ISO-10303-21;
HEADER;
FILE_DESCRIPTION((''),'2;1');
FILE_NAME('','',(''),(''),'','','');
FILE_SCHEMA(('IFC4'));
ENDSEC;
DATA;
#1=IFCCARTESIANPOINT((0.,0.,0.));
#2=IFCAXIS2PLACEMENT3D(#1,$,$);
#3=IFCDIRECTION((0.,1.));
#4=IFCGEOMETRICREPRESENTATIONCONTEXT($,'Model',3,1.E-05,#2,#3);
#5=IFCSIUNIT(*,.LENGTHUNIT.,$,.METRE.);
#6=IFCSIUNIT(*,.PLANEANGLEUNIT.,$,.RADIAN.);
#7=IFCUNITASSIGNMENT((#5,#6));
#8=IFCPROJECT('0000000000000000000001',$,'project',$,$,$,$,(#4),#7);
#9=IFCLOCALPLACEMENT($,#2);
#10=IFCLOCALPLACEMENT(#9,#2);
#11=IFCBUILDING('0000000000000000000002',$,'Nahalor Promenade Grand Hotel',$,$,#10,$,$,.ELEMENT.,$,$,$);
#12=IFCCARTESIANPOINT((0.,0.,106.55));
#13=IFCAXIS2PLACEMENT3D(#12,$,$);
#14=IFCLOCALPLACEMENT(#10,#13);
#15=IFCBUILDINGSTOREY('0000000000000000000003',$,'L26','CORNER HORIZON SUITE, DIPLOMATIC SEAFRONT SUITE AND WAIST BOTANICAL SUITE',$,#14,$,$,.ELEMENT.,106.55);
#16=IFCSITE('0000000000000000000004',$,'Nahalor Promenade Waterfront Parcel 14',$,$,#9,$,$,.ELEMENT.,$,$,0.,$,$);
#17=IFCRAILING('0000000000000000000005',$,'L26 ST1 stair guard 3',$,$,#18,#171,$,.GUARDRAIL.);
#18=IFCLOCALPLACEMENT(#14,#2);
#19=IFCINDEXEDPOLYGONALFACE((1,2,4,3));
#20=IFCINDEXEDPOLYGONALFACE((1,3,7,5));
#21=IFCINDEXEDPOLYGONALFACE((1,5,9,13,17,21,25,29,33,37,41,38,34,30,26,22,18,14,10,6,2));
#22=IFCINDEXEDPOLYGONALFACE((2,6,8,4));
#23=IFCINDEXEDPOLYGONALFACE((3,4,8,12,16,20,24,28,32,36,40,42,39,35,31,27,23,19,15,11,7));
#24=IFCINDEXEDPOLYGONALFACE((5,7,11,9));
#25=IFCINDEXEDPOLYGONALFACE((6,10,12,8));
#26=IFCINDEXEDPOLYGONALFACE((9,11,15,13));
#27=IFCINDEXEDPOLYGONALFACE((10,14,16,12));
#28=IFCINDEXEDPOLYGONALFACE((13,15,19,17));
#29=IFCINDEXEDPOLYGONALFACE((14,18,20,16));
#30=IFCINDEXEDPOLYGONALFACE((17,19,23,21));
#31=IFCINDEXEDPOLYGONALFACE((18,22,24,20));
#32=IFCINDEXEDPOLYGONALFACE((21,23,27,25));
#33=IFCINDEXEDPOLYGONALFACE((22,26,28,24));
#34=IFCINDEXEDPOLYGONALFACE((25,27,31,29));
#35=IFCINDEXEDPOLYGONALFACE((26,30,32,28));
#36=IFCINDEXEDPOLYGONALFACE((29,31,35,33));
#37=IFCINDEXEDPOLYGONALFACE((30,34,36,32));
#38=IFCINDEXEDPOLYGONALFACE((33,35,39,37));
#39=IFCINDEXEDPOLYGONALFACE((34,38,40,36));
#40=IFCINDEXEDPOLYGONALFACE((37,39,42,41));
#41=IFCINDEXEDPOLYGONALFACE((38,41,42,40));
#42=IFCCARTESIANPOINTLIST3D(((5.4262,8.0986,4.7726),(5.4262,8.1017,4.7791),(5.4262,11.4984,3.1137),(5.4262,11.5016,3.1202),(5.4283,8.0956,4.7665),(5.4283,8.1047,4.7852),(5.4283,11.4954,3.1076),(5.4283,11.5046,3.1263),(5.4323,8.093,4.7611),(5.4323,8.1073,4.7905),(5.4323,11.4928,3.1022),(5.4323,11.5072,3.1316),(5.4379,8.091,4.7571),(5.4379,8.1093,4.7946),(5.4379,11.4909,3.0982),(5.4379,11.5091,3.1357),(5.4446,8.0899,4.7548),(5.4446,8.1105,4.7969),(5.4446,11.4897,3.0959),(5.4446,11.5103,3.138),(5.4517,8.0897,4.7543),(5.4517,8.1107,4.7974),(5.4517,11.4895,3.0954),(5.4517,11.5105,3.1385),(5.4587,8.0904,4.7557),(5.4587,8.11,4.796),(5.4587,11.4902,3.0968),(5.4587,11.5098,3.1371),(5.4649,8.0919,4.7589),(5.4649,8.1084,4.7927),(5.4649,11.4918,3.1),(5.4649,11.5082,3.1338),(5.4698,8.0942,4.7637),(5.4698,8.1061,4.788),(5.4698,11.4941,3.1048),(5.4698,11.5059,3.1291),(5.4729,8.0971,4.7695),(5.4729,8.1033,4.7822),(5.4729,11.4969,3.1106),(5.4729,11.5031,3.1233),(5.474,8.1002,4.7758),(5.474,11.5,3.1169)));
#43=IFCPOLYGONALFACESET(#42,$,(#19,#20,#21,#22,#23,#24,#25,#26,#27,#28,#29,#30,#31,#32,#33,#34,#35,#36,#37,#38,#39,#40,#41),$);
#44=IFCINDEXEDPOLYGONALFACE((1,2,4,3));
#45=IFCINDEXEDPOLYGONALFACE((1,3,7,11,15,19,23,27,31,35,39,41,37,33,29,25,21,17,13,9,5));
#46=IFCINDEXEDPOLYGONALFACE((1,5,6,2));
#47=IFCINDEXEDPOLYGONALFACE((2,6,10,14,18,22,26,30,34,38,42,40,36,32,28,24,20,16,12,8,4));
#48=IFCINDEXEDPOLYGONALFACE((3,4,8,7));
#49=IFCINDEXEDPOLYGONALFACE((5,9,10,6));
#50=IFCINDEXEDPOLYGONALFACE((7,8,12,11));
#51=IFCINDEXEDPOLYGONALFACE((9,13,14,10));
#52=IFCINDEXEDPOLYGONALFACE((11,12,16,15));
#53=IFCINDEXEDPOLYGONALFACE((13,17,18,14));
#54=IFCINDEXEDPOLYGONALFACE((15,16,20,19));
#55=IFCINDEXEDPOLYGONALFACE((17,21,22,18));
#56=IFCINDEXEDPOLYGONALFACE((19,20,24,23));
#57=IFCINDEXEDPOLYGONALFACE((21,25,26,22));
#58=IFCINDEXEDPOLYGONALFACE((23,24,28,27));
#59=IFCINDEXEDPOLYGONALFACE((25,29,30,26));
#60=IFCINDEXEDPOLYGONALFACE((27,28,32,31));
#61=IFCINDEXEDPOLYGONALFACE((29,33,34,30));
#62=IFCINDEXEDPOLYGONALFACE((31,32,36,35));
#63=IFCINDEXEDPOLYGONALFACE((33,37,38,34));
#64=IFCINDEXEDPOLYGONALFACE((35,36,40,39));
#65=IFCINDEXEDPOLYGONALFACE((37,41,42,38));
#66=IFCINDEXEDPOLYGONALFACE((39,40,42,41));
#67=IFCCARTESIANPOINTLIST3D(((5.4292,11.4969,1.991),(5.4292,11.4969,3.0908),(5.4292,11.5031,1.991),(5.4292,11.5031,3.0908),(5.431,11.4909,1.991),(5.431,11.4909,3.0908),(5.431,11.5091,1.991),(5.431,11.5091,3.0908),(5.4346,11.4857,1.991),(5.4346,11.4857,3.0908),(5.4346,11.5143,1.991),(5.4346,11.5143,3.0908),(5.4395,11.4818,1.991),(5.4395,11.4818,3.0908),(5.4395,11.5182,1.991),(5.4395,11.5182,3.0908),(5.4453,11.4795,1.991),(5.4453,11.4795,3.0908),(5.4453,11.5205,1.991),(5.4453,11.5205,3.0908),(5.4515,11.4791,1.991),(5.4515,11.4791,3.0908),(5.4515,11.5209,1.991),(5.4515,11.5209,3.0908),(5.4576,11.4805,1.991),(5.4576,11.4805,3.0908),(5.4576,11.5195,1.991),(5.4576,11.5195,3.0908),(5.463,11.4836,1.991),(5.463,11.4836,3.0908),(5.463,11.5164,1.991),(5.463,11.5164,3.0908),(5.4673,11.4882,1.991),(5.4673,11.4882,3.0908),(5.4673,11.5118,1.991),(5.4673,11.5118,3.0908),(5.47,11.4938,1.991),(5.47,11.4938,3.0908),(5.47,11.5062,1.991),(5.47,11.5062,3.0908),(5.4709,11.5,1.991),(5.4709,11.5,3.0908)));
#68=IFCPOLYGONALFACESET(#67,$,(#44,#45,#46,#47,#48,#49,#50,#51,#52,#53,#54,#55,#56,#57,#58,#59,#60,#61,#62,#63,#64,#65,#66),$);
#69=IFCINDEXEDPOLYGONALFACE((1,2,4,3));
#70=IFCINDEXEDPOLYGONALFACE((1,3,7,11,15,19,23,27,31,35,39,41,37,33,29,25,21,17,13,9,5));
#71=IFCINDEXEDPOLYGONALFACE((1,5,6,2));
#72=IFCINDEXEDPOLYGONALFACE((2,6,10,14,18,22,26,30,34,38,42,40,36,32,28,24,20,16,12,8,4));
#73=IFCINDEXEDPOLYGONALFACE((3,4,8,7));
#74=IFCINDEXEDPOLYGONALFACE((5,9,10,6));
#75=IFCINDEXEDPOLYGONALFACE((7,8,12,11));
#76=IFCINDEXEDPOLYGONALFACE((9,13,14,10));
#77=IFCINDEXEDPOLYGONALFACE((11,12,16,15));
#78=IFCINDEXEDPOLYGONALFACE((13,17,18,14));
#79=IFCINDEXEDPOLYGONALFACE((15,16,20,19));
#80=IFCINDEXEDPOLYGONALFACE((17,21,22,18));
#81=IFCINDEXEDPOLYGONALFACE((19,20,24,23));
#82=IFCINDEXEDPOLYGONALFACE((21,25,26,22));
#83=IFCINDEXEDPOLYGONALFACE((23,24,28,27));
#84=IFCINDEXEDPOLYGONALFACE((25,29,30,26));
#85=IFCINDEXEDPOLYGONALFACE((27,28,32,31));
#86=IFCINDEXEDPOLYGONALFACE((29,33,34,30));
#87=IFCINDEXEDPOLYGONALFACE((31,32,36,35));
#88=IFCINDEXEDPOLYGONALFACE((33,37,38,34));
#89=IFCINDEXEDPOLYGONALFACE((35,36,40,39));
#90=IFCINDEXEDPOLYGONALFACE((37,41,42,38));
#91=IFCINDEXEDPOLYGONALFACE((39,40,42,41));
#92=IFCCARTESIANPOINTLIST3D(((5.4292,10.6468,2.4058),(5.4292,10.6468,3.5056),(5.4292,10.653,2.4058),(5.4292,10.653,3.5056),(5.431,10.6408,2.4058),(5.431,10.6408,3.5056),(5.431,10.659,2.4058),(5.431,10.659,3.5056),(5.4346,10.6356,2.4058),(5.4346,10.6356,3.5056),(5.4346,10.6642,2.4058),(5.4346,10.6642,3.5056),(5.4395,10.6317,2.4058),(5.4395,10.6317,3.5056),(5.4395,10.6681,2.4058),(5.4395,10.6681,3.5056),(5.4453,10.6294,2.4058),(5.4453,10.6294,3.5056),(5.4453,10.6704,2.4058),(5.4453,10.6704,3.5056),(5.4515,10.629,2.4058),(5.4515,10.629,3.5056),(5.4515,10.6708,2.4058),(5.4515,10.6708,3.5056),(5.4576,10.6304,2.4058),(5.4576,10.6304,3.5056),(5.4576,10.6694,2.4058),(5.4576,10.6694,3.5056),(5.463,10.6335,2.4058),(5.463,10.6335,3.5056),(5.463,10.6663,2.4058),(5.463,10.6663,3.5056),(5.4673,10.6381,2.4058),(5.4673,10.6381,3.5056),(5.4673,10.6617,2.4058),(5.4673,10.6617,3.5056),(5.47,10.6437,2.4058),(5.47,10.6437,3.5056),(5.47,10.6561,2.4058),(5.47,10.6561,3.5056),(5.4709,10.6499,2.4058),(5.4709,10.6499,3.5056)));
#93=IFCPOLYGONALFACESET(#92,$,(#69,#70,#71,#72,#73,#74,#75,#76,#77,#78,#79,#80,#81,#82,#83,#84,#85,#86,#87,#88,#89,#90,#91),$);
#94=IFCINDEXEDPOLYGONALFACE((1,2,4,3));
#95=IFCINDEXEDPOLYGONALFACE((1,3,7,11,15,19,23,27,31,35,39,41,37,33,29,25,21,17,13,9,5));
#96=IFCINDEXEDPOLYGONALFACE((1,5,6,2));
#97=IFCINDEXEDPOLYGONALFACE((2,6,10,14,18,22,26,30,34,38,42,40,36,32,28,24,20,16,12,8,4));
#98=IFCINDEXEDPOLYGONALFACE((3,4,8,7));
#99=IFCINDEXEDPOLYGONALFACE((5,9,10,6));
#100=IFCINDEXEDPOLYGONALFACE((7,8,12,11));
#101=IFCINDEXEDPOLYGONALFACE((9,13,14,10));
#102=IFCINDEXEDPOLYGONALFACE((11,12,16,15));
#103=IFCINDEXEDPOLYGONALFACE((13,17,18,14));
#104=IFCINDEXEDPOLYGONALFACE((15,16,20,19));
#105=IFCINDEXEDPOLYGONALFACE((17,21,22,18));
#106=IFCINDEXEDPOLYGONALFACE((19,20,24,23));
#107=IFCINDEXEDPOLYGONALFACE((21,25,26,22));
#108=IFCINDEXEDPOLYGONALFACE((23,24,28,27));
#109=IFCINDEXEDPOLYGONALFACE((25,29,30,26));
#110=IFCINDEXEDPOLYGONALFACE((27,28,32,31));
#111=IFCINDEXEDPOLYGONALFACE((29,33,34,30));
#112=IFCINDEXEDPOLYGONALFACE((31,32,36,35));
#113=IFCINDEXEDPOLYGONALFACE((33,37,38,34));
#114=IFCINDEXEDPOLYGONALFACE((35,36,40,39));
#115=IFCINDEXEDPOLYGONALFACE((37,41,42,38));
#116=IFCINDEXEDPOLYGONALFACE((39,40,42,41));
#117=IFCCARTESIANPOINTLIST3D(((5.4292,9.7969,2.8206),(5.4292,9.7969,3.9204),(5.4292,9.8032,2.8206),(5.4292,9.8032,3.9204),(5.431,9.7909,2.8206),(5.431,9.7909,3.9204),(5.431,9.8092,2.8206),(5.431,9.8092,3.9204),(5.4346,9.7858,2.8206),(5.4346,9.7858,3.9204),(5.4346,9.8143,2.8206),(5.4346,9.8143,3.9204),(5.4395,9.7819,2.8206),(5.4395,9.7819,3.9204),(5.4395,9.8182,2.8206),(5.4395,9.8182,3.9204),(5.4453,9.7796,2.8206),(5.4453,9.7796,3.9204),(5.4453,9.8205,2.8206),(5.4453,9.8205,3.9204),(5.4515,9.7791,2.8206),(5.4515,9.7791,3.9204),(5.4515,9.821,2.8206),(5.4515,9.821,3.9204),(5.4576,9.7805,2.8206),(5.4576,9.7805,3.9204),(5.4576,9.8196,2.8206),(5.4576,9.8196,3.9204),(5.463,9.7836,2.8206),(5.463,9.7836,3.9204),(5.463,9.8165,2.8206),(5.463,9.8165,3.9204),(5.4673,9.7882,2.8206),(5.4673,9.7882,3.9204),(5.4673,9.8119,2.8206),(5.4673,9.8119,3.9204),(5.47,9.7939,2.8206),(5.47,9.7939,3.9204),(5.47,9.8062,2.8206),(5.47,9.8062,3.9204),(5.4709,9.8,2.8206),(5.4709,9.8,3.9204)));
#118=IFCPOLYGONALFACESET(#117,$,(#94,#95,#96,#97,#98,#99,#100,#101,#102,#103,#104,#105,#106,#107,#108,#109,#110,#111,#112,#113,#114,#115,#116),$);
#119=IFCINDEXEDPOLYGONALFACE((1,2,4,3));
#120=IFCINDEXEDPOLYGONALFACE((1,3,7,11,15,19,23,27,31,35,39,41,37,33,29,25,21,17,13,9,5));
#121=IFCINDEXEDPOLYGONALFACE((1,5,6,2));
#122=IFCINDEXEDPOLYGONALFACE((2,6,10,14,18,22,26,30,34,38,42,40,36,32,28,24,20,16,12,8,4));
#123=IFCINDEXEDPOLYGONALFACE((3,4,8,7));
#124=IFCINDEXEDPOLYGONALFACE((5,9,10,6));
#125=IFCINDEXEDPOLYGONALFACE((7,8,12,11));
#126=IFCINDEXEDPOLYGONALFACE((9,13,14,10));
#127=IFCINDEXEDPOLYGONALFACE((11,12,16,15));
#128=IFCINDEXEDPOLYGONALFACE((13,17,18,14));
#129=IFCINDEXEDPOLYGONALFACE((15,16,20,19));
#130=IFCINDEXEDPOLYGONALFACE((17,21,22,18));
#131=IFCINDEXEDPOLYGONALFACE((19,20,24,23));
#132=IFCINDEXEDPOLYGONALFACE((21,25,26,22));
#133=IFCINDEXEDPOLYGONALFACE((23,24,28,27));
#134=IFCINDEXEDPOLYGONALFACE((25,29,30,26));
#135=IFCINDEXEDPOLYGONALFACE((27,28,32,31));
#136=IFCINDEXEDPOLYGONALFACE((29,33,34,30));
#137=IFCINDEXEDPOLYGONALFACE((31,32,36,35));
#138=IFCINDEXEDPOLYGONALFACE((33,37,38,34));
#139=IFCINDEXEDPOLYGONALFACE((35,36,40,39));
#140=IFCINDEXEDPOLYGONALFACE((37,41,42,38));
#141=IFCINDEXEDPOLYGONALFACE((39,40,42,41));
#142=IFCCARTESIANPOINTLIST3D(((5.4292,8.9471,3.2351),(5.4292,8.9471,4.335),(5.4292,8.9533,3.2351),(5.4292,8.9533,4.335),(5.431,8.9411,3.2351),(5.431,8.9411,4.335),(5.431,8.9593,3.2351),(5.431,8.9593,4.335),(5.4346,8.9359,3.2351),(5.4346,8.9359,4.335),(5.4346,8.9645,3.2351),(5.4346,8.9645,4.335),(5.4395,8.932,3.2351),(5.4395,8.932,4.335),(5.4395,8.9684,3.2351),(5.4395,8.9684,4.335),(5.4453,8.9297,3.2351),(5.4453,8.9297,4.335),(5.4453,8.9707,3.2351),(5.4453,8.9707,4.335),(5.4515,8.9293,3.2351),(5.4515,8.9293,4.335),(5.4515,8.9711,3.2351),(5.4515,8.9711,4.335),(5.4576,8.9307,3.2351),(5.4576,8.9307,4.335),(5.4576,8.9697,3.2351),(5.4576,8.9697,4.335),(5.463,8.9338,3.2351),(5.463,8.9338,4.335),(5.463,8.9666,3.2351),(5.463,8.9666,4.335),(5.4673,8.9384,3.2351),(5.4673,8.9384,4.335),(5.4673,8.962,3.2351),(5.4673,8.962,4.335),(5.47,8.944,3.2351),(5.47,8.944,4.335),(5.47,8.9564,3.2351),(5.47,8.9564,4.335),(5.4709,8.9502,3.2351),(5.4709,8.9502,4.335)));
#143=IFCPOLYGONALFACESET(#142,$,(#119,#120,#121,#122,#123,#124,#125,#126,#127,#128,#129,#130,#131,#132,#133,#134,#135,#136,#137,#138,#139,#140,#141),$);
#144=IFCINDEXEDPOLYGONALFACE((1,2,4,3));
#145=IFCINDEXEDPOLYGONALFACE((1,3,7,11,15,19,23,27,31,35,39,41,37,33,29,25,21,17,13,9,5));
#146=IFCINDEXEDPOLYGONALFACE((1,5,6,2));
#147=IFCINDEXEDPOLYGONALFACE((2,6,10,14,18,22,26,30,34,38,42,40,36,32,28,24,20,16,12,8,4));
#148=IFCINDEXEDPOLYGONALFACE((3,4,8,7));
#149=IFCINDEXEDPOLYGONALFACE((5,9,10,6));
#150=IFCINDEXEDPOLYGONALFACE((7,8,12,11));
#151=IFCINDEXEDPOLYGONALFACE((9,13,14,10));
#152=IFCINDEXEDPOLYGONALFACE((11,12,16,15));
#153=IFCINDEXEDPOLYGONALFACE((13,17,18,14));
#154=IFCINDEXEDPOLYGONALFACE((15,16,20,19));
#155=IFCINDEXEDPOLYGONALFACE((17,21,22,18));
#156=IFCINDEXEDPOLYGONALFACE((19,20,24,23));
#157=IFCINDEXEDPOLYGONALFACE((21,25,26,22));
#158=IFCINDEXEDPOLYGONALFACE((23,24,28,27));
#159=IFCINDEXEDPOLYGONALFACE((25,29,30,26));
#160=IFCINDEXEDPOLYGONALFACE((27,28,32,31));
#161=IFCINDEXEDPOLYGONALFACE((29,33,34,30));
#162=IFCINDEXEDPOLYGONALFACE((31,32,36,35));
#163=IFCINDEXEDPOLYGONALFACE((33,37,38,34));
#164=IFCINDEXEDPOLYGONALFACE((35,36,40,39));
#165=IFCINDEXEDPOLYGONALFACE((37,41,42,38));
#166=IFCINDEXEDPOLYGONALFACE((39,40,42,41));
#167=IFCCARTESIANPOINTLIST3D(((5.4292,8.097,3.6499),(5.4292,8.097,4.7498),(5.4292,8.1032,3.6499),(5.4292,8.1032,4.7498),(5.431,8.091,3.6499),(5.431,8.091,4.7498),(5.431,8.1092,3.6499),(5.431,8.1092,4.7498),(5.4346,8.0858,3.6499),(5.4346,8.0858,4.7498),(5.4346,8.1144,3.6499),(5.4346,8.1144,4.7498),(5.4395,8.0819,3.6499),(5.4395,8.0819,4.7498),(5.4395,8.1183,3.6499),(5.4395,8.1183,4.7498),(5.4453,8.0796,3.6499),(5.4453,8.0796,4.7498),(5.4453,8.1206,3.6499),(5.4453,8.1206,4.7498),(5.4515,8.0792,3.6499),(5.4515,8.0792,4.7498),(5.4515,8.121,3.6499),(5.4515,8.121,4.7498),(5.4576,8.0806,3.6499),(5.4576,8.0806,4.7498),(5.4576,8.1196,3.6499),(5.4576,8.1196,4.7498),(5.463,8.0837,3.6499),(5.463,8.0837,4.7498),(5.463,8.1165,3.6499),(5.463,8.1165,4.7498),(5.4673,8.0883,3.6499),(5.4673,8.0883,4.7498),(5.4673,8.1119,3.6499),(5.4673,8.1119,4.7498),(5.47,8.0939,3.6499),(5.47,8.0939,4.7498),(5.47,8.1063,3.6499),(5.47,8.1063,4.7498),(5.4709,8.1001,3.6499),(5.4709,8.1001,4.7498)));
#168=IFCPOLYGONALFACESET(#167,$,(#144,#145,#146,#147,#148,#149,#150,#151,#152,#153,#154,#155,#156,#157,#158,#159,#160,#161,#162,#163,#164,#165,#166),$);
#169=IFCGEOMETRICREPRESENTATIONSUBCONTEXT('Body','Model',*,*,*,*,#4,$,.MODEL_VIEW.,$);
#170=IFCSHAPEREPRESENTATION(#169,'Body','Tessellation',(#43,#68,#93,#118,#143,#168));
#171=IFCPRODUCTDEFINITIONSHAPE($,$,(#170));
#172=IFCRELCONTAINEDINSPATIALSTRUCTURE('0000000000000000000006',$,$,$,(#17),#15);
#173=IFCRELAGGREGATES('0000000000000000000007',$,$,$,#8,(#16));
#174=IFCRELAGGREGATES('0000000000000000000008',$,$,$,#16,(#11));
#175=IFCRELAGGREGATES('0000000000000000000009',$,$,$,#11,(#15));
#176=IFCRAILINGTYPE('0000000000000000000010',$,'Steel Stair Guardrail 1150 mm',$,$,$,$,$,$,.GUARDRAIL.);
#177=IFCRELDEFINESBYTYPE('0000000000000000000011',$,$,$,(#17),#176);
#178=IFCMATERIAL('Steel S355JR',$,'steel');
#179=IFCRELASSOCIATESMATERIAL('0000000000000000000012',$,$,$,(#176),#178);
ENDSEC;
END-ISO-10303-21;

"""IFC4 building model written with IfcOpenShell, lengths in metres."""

from ifc_helpers import new_model, si_unit, direction, frame, origin, origin_2d, place, context, subcontext, project, spatial, circle, extrude, material, type_object, element, save


model = new_model("IFC4")

# Units and contexts
model_context = context("Model", 3, precision=1e-05, world=origin(), true_north=direction((0.0, 1.0)))
body_context = subcontext(model_context, "Body", "Model", "MODEL_VIEW")
ifc_project = project(units=[si_unit("LENGTHUNIT", "METRE"), si_unit("PLANEANGLEUNIT", "RADIAN")], contexts=[model_context])

# Site, building, storey
site_placement = place(None, origin())
site = spatial("IfcSite", under=ifc_project, at=site_placement, Name="Nahalor Promenade Waterfront Parcel 14", CompositionType="ELEMENT", RefElevation=0.0)
building_placement = place(site_placement, origin())
building = spatial("IfcBuilding", under=site, at=building_placement, Name="Nahalor Promenade Grand Hotel", CompositionType="ELEMENT")
storey_placement = place(building_placement, frame((0.0, 0.0, 106.55)))
storey = spatial("IfcBuildingStorey", under=building, at=storey_placement, Name="L26", Description="CORNER HORIZON SUITE, DIPLOMATIC SEAFRONT SUITE AND WAIST BOTANICAL SUITE", CompositionType="ELEMENT", Elevation=106.55)

# Shared definitions
ifc_material_1 = material(Name="Steel S355JR", Category="steel")

# Railing
railing_type = type_object("IfcRailingType", Name="Steel Stair Guardrail 1150 mm", PredefinedType="GUARDRAIL", material=ifc_material_1)
railing_1_placement = place(storey_placement, frame((5.45, 11.5, 1.991)))
element("IfcRailing", 1, at=railing_1_placement, inside=storey, type_object=railing_type, Name="L26 ST1 stair guard 3", PredefinedType="GUARDRAIL", context=body_context, shape_type="SweptSolid", body=[
    extrude(circle(Radius=0.024, at=origin_2d()), frame((0.0, 0.0, 1.126), z_axis=(0.0, -0.898722, 0.438519), x_axis=(1.0, 0.0, 0.0)), (0.0, 0.0, 1.0), 3.783),
    extrude(circle(Radius=0.021, at=origin_2d()), origin(), (0.0, 0.0, 1.0), 1.0999),
    extrude(circle(Radius=0.021, at=origin_2d()), frame((0.0, -0.8501, 0.4148)), (0.0, 0.0, 1.0), 1.0999),
    extrude(circle(Radius=0.021, at=origin_2d()), frame((0.0, -1.7, 0.8296)), (0.0, 0.0, 1.0), 1.0999),
    extrude(circle(Radius=0.021, at=origin_2d()), frame((0.0, -2.5498, 1.2441)), (0.0, 0.0, 1.0), 1.0999),
    extrude(circle(Radius=0.021, at=origin_2d()), frame((0.0, -3.3999, 1.6589)), (0.0, 0.0, 1.0), 1.0999),
])

save(model, "model.ifc")
